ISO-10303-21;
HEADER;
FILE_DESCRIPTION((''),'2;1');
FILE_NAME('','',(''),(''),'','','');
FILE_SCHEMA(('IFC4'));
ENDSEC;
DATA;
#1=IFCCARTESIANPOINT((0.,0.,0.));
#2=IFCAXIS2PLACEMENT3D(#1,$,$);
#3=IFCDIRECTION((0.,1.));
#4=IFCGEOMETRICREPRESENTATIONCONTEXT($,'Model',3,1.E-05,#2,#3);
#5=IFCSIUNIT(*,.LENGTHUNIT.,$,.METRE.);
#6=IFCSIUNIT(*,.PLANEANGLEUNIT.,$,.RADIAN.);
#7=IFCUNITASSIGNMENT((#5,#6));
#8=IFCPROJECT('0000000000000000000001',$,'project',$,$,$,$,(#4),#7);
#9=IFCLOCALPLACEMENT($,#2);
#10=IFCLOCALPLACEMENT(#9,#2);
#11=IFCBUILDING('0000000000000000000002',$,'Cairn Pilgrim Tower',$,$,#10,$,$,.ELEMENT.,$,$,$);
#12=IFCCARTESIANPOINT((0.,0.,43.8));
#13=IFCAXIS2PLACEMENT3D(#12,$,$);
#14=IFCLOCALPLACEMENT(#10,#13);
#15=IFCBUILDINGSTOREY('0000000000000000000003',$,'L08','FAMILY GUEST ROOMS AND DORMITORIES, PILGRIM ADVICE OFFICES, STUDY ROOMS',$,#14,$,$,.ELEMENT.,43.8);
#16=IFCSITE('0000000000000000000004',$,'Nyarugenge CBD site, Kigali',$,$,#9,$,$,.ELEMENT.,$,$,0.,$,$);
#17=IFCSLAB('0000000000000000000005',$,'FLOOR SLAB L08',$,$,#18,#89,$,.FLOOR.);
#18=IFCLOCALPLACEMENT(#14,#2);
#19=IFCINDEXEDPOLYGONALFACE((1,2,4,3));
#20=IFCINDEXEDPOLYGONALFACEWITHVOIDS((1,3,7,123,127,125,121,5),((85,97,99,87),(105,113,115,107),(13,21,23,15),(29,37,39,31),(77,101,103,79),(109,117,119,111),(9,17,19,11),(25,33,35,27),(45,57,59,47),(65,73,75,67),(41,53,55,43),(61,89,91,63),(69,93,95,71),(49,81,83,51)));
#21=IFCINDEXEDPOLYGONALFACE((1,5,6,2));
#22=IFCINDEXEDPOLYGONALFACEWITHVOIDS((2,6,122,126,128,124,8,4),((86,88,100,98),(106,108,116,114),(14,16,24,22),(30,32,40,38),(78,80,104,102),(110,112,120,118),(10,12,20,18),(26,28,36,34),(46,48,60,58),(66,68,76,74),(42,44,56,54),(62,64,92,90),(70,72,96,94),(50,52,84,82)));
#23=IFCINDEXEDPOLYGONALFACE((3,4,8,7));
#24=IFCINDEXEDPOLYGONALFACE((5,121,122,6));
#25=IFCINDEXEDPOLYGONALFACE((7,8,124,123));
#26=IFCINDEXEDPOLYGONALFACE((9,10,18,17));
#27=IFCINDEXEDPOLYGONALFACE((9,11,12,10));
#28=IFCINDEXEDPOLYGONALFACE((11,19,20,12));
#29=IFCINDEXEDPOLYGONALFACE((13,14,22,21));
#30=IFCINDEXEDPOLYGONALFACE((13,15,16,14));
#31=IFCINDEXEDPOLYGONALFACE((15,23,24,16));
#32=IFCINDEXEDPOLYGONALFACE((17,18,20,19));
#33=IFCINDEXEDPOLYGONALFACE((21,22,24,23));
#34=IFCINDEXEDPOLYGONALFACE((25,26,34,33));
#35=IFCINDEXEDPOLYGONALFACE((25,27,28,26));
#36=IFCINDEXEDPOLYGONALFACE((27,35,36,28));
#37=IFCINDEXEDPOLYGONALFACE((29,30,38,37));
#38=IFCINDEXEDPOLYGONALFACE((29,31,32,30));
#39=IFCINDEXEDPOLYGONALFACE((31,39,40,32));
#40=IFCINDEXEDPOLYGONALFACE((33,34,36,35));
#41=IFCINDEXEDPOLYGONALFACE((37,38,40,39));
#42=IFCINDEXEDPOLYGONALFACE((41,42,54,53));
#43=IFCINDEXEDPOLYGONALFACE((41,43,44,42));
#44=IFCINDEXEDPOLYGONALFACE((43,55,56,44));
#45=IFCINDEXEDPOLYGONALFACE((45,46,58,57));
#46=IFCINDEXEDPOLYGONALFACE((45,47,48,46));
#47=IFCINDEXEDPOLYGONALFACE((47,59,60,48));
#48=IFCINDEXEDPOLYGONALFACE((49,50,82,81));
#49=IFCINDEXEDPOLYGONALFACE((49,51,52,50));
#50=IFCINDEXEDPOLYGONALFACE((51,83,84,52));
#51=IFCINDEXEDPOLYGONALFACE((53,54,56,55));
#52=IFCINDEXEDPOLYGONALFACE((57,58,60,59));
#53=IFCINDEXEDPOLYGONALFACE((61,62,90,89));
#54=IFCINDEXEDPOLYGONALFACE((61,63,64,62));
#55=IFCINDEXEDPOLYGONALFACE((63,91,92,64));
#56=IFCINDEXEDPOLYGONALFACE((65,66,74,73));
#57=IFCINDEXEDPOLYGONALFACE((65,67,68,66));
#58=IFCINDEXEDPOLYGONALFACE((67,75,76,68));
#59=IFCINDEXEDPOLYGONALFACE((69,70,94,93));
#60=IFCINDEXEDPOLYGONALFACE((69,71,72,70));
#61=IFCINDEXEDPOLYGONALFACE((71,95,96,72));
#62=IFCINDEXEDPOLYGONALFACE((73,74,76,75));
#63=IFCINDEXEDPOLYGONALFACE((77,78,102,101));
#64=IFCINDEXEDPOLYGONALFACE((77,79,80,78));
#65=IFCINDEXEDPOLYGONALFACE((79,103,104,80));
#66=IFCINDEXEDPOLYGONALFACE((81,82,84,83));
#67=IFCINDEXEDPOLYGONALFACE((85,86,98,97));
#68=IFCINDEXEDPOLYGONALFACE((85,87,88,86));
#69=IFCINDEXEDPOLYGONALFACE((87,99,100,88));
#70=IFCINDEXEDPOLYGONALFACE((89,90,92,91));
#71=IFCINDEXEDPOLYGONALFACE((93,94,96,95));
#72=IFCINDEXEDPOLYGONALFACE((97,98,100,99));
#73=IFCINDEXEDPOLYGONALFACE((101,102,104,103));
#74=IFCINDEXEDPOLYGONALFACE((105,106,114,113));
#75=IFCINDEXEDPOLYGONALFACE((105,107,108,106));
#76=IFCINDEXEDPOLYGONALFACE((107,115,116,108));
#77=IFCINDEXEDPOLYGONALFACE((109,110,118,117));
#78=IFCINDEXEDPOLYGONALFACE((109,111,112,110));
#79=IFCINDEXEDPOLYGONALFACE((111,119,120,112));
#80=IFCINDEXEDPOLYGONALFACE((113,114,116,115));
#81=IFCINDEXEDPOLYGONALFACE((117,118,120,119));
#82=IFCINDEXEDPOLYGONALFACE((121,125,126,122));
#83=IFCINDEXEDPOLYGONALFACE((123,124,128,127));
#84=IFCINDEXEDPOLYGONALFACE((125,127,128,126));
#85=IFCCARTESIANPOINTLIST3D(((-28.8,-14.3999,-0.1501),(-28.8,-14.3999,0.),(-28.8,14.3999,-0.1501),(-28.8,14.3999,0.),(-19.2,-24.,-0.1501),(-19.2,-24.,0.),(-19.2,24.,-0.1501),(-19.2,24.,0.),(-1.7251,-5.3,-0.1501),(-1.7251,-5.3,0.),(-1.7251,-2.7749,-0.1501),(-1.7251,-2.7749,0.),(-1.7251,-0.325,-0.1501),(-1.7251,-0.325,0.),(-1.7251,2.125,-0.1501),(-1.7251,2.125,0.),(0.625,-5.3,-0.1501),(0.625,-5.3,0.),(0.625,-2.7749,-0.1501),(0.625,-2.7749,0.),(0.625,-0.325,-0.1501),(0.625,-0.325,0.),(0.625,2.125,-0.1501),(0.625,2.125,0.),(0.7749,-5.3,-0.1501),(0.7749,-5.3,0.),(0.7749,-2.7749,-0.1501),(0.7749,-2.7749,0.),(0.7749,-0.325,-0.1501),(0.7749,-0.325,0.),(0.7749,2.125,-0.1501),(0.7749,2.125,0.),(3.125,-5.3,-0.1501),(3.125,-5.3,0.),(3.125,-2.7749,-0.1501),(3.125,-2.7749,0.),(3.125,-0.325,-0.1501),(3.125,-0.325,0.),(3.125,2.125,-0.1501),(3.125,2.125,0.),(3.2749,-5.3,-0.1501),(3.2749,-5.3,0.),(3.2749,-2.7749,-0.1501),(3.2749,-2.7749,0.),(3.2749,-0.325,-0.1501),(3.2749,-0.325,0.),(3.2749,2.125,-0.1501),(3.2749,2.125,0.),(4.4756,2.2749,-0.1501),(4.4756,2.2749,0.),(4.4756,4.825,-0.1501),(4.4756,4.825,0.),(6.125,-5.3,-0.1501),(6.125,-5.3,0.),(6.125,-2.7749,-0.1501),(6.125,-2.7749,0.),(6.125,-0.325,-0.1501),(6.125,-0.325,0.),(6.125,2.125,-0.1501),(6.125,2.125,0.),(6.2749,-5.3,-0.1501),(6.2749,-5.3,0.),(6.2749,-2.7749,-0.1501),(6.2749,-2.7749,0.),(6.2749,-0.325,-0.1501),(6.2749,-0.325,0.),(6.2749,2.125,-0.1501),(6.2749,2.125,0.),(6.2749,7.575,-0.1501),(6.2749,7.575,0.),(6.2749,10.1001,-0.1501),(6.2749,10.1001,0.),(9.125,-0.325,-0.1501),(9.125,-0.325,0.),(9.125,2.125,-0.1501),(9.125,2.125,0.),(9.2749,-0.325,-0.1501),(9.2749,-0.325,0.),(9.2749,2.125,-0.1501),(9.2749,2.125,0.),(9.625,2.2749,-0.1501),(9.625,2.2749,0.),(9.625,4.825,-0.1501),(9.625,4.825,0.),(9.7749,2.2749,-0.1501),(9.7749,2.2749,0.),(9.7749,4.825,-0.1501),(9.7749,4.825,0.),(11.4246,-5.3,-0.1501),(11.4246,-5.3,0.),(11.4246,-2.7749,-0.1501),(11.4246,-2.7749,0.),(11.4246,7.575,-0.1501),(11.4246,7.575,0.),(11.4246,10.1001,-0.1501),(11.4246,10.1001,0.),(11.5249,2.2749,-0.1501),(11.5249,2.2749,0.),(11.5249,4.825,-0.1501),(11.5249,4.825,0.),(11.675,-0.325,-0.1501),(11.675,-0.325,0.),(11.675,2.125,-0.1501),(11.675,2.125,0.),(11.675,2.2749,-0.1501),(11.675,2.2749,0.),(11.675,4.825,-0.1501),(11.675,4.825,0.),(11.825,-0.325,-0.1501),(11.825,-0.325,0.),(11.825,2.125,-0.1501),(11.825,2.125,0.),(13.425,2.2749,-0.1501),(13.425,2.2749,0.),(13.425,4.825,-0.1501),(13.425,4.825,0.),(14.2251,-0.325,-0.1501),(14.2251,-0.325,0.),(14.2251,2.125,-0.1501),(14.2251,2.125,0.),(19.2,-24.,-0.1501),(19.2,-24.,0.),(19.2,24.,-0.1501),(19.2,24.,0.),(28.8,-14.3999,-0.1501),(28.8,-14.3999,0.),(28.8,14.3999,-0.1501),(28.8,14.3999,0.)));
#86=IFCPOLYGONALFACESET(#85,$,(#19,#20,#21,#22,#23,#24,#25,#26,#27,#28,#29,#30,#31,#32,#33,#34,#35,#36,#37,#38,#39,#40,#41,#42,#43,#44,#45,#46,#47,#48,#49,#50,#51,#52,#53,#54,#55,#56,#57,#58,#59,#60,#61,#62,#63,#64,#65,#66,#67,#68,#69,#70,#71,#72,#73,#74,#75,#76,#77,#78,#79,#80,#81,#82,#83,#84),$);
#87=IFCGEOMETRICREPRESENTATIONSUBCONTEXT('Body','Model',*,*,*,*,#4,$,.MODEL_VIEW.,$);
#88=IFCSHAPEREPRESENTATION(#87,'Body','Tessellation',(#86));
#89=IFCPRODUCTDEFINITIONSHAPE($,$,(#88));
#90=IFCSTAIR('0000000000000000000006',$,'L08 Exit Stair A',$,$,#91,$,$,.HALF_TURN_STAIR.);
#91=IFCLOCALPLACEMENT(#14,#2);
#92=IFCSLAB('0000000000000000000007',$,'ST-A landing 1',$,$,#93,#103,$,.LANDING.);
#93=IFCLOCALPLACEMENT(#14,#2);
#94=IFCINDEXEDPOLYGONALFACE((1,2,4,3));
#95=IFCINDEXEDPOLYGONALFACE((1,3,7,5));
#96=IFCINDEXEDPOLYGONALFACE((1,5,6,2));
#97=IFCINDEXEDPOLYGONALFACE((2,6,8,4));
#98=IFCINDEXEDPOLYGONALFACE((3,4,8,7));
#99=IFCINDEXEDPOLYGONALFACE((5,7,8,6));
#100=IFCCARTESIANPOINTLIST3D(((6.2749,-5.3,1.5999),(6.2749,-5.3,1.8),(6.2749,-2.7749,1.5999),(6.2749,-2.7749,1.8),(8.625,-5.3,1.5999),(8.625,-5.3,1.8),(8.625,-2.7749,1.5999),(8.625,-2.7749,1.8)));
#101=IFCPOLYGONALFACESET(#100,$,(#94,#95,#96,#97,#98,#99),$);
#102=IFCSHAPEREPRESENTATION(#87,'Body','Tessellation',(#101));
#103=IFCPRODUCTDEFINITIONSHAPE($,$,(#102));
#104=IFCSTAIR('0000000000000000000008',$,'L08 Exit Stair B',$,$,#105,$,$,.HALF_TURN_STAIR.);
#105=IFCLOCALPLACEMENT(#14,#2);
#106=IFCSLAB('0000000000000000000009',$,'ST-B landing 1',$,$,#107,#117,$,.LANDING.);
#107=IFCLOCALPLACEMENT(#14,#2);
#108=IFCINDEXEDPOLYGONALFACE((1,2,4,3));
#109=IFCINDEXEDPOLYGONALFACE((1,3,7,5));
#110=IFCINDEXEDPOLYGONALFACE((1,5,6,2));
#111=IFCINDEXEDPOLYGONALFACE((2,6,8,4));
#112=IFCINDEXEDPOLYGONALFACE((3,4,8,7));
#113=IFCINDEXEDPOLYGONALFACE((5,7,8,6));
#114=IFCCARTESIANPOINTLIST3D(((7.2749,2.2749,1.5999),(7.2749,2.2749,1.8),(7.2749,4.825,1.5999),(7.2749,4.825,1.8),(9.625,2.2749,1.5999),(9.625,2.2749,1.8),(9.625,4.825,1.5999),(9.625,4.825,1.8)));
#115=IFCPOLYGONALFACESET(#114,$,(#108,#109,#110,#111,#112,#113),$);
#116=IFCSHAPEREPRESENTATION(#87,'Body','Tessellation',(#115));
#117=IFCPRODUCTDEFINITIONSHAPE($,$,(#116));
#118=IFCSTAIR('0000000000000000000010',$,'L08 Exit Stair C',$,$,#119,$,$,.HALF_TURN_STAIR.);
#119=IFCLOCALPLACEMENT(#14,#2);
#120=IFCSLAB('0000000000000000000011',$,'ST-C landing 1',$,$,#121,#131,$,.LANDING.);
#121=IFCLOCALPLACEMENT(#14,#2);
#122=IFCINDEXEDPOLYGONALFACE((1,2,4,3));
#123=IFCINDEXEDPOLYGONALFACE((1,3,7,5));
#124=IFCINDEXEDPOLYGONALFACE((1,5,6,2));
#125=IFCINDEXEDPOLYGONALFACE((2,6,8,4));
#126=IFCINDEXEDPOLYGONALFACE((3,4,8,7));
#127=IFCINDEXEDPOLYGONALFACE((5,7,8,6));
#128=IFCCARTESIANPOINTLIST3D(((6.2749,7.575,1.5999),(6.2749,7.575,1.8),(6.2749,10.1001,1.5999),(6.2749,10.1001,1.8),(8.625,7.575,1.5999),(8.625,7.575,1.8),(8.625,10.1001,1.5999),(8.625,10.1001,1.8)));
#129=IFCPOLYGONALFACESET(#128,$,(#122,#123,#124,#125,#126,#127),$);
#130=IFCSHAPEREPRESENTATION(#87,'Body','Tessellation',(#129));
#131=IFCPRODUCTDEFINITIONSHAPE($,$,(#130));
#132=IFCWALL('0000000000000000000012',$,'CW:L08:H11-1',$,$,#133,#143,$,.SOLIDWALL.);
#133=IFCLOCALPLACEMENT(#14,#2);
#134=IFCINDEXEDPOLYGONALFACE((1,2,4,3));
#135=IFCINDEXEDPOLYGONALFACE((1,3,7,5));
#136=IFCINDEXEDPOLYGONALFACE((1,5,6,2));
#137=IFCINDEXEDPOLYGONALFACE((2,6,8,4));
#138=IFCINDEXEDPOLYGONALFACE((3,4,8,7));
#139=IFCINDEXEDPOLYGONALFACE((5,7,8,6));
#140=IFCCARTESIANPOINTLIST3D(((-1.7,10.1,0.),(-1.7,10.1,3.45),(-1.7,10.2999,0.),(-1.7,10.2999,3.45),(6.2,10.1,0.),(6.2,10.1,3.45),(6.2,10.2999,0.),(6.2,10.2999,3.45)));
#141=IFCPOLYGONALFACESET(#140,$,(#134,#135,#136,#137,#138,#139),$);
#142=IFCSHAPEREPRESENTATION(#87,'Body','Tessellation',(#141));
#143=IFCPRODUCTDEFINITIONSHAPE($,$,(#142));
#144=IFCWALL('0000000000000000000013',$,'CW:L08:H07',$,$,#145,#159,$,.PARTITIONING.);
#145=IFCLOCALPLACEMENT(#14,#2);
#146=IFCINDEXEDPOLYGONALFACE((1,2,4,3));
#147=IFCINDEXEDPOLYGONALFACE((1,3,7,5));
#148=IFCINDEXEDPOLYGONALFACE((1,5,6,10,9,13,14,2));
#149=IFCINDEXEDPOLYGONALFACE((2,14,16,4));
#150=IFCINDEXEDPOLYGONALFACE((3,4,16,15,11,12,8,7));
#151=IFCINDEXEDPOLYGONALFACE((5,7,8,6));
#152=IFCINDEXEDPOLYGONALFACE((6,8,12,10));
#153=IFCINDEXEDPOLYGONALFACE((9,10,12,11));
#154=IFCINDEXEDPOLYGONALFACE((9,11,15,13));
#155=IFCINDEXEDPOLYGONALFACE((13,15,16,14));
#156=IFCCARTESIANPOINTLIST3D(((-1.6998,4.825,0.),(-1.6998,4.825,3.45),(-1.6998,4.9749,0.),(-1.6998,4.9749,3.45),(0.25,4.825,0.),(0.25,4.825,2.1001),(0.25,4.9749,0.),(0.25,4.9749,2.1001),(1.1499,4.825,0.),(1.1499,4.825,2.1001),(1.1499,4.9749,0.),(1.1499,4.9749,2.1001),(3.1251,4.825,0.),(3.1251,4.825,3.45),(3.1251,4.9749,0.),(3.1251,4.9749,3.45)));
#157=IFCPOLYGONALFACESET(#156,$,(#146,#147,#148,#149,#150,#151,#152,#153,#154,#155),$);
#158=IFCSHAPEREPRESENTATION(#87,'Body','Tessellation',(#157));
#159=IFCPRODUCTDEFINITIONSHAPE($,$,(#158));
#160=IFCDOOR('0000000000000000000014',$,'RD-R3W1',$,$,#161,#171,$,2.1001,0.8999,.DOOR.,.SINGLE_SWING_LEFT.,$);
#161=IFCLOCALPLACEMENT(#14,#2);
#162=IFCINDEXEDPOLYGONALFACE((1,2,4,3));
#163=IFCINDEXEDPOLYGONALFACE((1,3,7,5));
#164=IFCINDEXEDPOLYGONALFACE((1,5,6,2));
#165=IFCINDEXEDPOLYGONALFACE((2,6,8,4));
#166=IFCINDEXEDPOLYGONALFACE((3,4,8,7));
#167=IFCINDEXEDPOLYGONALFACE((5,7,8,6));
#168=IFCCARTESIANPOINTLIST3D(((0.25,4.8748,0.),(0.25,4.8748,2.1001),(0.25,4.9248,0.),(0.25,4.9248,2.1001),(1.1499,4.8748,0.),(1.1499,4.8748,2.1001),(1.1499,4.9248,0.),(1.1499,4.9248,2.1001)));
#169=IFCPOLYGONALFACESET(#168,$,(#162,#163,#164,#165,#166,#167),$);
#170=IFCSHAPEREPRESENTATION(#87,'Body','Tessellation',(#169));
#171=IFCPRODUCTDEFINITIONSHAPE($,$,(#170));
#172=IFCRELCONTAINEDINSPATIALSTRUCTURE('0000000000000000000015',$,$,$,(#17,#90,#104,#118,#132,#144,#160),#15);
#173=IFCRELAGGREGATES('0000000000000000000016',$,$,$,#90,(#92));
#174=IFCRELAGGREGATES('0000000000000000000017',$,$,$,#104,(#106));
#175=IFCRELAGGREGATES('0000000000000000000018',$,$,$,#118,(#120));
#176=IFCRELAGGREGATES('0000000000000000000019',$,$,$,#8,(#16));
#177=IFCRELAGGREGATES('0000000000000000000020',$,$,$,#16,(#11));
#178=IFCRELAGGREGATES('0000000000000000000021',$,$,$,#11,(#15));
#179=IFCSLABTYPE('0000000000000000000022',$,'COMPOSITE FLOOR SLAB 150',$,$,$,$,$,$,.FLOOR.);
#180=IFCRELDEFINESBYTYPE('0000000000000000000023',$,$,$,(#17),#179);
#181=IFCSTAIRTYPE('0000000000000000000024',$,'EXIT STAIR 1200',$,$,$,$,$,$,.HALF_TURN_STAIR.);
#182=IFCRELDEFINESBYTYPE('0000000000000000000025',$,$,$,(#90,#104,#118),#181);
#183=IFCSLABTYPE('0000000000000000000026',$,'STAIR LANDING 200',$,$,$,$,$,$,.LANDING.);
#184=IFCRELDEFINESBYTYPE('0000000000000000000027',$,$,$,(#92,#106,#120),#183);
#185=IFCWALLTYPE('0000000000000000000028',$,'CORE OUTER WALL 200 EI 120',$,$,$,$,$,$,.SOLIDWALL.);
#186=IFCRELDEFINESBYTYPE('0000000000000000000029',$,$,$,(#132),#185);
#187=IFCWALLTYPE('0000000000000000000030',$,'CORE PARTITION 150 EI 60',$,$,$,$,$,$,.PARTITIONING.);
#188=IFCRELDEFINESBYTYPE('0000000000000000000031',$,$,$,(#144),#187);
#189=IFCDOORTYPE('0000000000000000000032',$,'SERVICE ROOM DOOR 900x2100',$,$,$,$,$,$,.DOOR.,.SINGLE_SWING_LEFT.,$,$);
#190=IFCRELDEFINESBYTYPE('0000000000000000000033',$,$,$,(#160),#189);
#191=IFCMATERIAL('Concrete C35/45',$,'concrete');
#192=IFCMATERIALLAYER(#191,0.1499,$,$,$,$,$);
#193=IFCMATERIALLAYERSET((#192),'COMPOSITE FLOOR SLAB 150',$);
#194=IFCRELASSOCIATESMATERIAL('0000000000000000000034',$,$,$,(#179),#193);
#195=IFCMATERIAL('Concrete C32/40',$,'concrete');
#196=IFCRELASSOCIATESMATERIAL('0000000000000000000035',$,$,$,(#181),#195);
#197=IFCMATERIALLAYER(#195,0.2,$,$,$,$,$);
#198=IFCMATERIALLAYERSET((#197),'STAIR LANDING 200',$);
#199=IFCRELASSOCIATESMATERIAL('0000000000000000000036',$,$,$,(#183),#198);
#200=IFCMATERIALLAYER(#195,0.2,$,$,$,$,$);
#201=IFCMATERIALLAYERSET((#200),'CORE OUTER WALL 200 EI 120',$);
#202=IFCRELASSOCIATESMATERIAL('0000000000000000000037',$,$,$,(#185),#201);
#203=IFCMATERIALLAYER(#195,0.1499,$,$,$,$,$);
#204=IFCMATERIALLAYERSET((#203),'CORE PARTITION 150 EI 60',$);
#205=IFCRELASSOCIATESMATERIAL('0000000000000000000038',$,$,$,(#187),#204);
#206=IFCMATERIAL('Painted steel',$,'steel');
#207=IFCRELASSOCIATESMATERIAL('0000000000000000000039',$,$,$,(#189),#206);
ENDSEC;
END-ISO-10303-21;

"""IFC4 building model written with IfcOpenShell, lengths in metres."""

from ifc_helpers import new_model, si_unit, direction, frame, frame_2d, origin, place, context, subcontext, project, spatial, polyline, rectangle, outline, extrude, material, layer, layer_set, type_object, element, fill, aggregate, save


model = new_model("IFC4")

# Units and contexts
model_context = context("Model", 3, precision=1e-05, world=origin(), true_north=direction((0.0, 1.0)))
body_context = subcontext(model_context, "Body", "Model", "MODEL_VIEW")
ifc_project = project(units=[si_unit("LENGTHUNIT", "METRE"), si_unit("PLANEANGLEUNIT", "RADIAN")], contexts=[model_context])

# Site, building, storey
site_placement = place(None, origin())
site = spatial("IfcSite", under=ifc_project, at=site_placement, Name="Nyarugenge CBD site, Kigali", CompositionType="ELEMENT", RefElevation=0.0)
building_placement = place(site_placement, origin())
building = spatial("IfcBuilding", under=site, at=building_placement, Name="Cairn Pilgrim Tower", CompositionType="ELEMENT")
storey_placement = place(building_placement, frame((0.0, 0.0, 43.8)))
storey = spatial("IfcBuildingStorey", under=building, at=storey_placement, Name="L08", Description="FAMILY GUEST ROOMS AND DORMITORIES, PILGRIM ADVICE OFFICES, STUDY ROOMS", CompositionType="ELEMENT", Elevation=43.8)

# Slab
ifc_material_1 = material(Name="Concrete C35/45", Category="concrete")
ifc_layer_1 = layer(ifc_material_1, 0.1499)
ifc_layer_set_1 = layer_set([ifc_layer_1], Name="COMPOSITE FLOOR SLAB 150")
slab_type_1 = type_object("IfcSlabType", Name="COMPOSITE FLOOR SLAB 150", PredefinedType="FLOOR", material=ifc_layer_set_1)
slab_1_placement = place(storey_placement, frame((0.0, 0.0, -0.1501)))
element("IfcSlab", 1, at=slab_1_placement, inside=storey, type_object=slab_type_1, Name="FLOOR SLAB L08", PredefinedType="FLOOR", context=body_context, shape_type="SweptSolid", body=[
    extrude(outline(polyline([(-19.2, -24.0), (19.2, -24.0), (28.8, -14.3999), (28.8, 14.3999), (19.2, 24.0), (-19.2, 24.0), (-28.8, 14.3999), (-28.8, -14.3999), (-19.2, -24.0)]), holes=[polyline([(-1.7251, -5.3), (0.625, -5.3), (0.625, -2.7749), (-1.7251, -2.7749), (-1.7251, -5.3)]), polyline([(0.7749, -5.3), (3.125, -5.3), (3.125, -2.7749), (0.7749, -2.7749), (0.7749, -5.3)]), polyline([(-1.7251, -0.325), (0.625, -0.325), (0.625, 2.125), (-1.7251, 2.125), (-1.7251, -0.325)]), polyline([(0.7749, -0.325), (3.125, -0.325), (3.125, 2.125), (0.7749, 2.125), (0.7749, -0.325)]), polyline([(3.2749, -5.3), (6.125, -5.3), (6.125, -2.7749), (3.2749, -2.7749), (3.2749, -5.3)]), polyline([(3.2749, -0.325), (6.125, -0.325), (6.125, 2.125), (3.2749, 2.125), (3.2749, -0.325)]), polyline([(6.2749, -0.325), (9.125, -0.325), (9.125, 2.125), (6.2749, 2.125), (6.2749, -0.325)]), polyline([(9.2749, -0.325), (11.675, -0.325), (11.675, 2.125), (9.2749, 2.125), (9.2749, -0.325)]), polyline([(11.825, -0.325), (14.2251, -0.325), (14.2251, 2.125), (11.825, 2.125), (11.825, -0.325)]), polyline([(9.7749, 2.2749), (11.5249, 2.2749), (11.5249, 4.825), (9.7749, 4.825), (9.7749, 2.2749)]), polyline([(11.675, 2.2749), (13.425, 2.2749), (13.425, 4.825), (11.675, 4.825), (11.675, 2.2749)]), polyline([(11.4246, -2.7749), (6.2749, -2.7749), (6.2749, -5.3), (11.4246, -5.3), (11.4246, -2.7749)]), polyline([(4.4756, 2.2749), (9.625, 2.2749), (9.625, 4.825), (4.4756, 4.825), (4.4756, 2.2749)]), polyline([(11.4246, 10.1001), (6.2749, 10.1001), (6.2749, 7.575), (11.4246, 7.575), (11.4246, 10.1001)])]), origin(), (0.0, 0.0, 1.0), 0.1501),
])

# Stairs, slabs
ifc_material_2 = material(Name="Concrete C32/40", Category="concrete")
stair_type = type_object("IfcStairType", Name="EXIT STAIR 1200", PredefinedType="HALF_TURN_STAIR", material=ifc_material_2)
stair_1_placement = place(storey_placement, origin())
stair_1 = element("IfcStair", 2, at=stair_1_placement, inside=storey, type_object=stair_type, Name="L08 Exit Stair A", PredefinedType="HALF_TURN_STAIR")
ifc_layer_2 = layer(ifc_material_2, 0.2)
ifc_layer_set_2 = layer_set([ifc_layer_2], Name="STAIR LANDING 200")
slab_type_2 = type_object("IfcSlabType", Name="STAIR LANDING 200", PredefinedType="LANDING", material=ifc_layer_set_2)
slab_2_placement = place(storey_placement, frame((0.0, 0.0, 1.5999)))
slab_2 = element("IfcSlab", 3, at=slab_2_placement, type_object=slab_type_2, Name="ST-A landing 1", PredefinedType="LANDING", context=body_context, shape_type="SweptSolid", body=[
    extrude(outline(polyline([(8.625, -2.7749), (6.2749, -2.7749), (6.2749, -5.3), (8.625, -5.3), (8.625, -2.7749)])), origin(), (0.0, 0.0, 1.0), 0.2002),
])
aggregate(stair_1, [slab_2])
stair_2_placement = place(storey_placement, origin())
stair_2 = element("IfcStair", 4, at=stair_2_placement, inside=storey, type_object=stair_type, Name="L08 Exit Stair B", PredefinedType="HALF_TURN_STAIR")
slab_3_placement = place(storey_placement, frame((0.0, 0.0, 1.5999)))
slab_3 = element("IfcSlab", 5, at=slab_3_placement, type_object=slab_type_2, Name="ST-B landing 1", PredefinedType="LANDING", context=body_context, shape_type="SweptSolid", body=[
    extrude(outline(polyline([(7.2749, 2.2749), (9.625, 2.2749), (9.625, 4.825), (7.2749, 4.825), (7.2749, 2.2749)])), origin(), (0.0, 0.0, 1.0), 0.2002),
])
aggregate(stair_2, [slab_3])
stair_3_placement = place(storey_placement, origin())
stair_3 = element("IfcStair", 6, at=stair_3_placement, inside=storey, type_object=stair_type, Name="L08 Exit Stair C", PredefinedType="HALF_TURN_STAIR")
slab_4_placement = place(storey_placement, frame((0.0, 0.0, 1.5999)))
slab_4 = element("IfcSlab", 7, at=slab_4_placement, type_object=slab_type_2, Name="ST-C landing 1", PredefinedType="LANDING", context=body_context, shape_type="SweptSolid", body=[
    extrude(outline(polyline([(8.625, 10.1001), (6.2749, 10.1001), (6.2749, 7.575), (8.625, 7.575), (8.625, 10.1001)])), origin(), (0.0, 0.0, 1.0), 0.2002),
])
aggregate(stair_3, [slab_4])

# Wall
ifc_layer_3 = layer(ifc_material_2, 0.2)
ifc_layer_set_3 = layer_set([ifc_layer_3], Name="CORE OUTER WALL 200 EI 120")
wall_type_1 = type_object("IfcWallType", Name="CORE OUTER WALL 200 EI 120", PredefinedType="SOLIDWALL", material=ifc_layer_set_3)
wall_1_placement = place(storey_placement, frame((-1.7, 10.2, 0.0), z_axis=(0.0, 0.0, 1.0), x_axis=(1.0, 0.0, 0.0)))
element("IfcWall", 8, at=wall_1_placement, inside=storey, type_object=wall_type_1, Name="CW:L08:H11-1", PredefinedType="SOLIDWALL", context=body_context, shape_type="SweptSolid", body=[
    extrude(rectangle(XDim=7.8999, YDim=0.2, at=frame_2d((3.95, 0.0))), origin(), (0.0, 0.0, 1.0), 3.45),
])

# Wall, opening, door
ifc_layer_4 = layer(ifc_material_2, 0.1499)
ifc_layer_set_4 = layer_set([ifc_layer_4], Name="CORE PARTITION 150 EI 60")
wall_type_2 = type_object("IfcWallType", Name="CORE PARTITION 150 EI 60", PredefinedType="PARTITIONING", material=ifc_layer_set_4)
wall_2_placement = place(storey_placement, frame((-1.7, 4.8999, 0.0), z_axis=(0.0, 0.0, 1.0), x_axis=(1.0, 0.0, 0.0)))
wall_2 = element("IfcWall", 9, at=wall_2_placement, inside=storey, type_object=wall_type_2, Name="CW:L08:H07", PredefinedType="PARTITIONING", context=body_context, shape_type="SweptSolid", body=[
    extrude(rectangle(XDim=4.825, YDim=0.1499, at=frame_2d((2.4126, 0.0))), origin(), (0.0, 0.0, 1.0), 3.45),
])
opening_1_placement = place(wall_2_placement, frame((1.95, 0.0, 0.0)))
opening_1 = element("IfcOpeningElement", 10, at=opening_1_placement, cuts=wall_2, PredefinedType="OPENING", context=body_context, shape_type="SweptSolid", body=[
    extrude(rectangle(XDim=0.8999, YDim=2.1001, at=frame_2d((0.45, 1.05))), frame((0.0, 0.085, 0.0), z_axis=(0.0, -1.0, 0.0), x_axis=(1.0, 0.0, 0.0)), (0.0, 0.0, 1.0), 0.1699),
])
ifc_material_3 = material(Name="Painted steel", Category="steel")
door_type_1 = type_object("IfcDoorType", Name="SERVICE ROOM DOOR 900x2100", OperationType="SINGLE_SWING_LEFT", PredefinedType="DOOR", material=ifc_material_3)
door_1_placement = place(opening_1_placement, origin())
door_1 = element("IfcDoor", 11, at=door_1_placement, inside=storey, type_object=door_type_1, Name="RD-R3W1", OperationType="SINGLE_SWING_LEFT", OverallHeight=2.1001, OverallWidth=0.8999, PredefinedType="DOOR", context=body_context, shape_type="SweptSolid", body=[
    extrude(rectangle(XDim=0.8999, YDim=2.1001, at=frame_2d((0.45, 1.05))), frame((0.0, 0.0249, 0.0), z_axis=(0.0, -1.0, 0.0), x_axis=(1.0, 0.0, 0.0)), (0.0, 0.0, 1.0), 0.05),
])
fill(opening_1, door_1)

save(model, "model.ifc")
